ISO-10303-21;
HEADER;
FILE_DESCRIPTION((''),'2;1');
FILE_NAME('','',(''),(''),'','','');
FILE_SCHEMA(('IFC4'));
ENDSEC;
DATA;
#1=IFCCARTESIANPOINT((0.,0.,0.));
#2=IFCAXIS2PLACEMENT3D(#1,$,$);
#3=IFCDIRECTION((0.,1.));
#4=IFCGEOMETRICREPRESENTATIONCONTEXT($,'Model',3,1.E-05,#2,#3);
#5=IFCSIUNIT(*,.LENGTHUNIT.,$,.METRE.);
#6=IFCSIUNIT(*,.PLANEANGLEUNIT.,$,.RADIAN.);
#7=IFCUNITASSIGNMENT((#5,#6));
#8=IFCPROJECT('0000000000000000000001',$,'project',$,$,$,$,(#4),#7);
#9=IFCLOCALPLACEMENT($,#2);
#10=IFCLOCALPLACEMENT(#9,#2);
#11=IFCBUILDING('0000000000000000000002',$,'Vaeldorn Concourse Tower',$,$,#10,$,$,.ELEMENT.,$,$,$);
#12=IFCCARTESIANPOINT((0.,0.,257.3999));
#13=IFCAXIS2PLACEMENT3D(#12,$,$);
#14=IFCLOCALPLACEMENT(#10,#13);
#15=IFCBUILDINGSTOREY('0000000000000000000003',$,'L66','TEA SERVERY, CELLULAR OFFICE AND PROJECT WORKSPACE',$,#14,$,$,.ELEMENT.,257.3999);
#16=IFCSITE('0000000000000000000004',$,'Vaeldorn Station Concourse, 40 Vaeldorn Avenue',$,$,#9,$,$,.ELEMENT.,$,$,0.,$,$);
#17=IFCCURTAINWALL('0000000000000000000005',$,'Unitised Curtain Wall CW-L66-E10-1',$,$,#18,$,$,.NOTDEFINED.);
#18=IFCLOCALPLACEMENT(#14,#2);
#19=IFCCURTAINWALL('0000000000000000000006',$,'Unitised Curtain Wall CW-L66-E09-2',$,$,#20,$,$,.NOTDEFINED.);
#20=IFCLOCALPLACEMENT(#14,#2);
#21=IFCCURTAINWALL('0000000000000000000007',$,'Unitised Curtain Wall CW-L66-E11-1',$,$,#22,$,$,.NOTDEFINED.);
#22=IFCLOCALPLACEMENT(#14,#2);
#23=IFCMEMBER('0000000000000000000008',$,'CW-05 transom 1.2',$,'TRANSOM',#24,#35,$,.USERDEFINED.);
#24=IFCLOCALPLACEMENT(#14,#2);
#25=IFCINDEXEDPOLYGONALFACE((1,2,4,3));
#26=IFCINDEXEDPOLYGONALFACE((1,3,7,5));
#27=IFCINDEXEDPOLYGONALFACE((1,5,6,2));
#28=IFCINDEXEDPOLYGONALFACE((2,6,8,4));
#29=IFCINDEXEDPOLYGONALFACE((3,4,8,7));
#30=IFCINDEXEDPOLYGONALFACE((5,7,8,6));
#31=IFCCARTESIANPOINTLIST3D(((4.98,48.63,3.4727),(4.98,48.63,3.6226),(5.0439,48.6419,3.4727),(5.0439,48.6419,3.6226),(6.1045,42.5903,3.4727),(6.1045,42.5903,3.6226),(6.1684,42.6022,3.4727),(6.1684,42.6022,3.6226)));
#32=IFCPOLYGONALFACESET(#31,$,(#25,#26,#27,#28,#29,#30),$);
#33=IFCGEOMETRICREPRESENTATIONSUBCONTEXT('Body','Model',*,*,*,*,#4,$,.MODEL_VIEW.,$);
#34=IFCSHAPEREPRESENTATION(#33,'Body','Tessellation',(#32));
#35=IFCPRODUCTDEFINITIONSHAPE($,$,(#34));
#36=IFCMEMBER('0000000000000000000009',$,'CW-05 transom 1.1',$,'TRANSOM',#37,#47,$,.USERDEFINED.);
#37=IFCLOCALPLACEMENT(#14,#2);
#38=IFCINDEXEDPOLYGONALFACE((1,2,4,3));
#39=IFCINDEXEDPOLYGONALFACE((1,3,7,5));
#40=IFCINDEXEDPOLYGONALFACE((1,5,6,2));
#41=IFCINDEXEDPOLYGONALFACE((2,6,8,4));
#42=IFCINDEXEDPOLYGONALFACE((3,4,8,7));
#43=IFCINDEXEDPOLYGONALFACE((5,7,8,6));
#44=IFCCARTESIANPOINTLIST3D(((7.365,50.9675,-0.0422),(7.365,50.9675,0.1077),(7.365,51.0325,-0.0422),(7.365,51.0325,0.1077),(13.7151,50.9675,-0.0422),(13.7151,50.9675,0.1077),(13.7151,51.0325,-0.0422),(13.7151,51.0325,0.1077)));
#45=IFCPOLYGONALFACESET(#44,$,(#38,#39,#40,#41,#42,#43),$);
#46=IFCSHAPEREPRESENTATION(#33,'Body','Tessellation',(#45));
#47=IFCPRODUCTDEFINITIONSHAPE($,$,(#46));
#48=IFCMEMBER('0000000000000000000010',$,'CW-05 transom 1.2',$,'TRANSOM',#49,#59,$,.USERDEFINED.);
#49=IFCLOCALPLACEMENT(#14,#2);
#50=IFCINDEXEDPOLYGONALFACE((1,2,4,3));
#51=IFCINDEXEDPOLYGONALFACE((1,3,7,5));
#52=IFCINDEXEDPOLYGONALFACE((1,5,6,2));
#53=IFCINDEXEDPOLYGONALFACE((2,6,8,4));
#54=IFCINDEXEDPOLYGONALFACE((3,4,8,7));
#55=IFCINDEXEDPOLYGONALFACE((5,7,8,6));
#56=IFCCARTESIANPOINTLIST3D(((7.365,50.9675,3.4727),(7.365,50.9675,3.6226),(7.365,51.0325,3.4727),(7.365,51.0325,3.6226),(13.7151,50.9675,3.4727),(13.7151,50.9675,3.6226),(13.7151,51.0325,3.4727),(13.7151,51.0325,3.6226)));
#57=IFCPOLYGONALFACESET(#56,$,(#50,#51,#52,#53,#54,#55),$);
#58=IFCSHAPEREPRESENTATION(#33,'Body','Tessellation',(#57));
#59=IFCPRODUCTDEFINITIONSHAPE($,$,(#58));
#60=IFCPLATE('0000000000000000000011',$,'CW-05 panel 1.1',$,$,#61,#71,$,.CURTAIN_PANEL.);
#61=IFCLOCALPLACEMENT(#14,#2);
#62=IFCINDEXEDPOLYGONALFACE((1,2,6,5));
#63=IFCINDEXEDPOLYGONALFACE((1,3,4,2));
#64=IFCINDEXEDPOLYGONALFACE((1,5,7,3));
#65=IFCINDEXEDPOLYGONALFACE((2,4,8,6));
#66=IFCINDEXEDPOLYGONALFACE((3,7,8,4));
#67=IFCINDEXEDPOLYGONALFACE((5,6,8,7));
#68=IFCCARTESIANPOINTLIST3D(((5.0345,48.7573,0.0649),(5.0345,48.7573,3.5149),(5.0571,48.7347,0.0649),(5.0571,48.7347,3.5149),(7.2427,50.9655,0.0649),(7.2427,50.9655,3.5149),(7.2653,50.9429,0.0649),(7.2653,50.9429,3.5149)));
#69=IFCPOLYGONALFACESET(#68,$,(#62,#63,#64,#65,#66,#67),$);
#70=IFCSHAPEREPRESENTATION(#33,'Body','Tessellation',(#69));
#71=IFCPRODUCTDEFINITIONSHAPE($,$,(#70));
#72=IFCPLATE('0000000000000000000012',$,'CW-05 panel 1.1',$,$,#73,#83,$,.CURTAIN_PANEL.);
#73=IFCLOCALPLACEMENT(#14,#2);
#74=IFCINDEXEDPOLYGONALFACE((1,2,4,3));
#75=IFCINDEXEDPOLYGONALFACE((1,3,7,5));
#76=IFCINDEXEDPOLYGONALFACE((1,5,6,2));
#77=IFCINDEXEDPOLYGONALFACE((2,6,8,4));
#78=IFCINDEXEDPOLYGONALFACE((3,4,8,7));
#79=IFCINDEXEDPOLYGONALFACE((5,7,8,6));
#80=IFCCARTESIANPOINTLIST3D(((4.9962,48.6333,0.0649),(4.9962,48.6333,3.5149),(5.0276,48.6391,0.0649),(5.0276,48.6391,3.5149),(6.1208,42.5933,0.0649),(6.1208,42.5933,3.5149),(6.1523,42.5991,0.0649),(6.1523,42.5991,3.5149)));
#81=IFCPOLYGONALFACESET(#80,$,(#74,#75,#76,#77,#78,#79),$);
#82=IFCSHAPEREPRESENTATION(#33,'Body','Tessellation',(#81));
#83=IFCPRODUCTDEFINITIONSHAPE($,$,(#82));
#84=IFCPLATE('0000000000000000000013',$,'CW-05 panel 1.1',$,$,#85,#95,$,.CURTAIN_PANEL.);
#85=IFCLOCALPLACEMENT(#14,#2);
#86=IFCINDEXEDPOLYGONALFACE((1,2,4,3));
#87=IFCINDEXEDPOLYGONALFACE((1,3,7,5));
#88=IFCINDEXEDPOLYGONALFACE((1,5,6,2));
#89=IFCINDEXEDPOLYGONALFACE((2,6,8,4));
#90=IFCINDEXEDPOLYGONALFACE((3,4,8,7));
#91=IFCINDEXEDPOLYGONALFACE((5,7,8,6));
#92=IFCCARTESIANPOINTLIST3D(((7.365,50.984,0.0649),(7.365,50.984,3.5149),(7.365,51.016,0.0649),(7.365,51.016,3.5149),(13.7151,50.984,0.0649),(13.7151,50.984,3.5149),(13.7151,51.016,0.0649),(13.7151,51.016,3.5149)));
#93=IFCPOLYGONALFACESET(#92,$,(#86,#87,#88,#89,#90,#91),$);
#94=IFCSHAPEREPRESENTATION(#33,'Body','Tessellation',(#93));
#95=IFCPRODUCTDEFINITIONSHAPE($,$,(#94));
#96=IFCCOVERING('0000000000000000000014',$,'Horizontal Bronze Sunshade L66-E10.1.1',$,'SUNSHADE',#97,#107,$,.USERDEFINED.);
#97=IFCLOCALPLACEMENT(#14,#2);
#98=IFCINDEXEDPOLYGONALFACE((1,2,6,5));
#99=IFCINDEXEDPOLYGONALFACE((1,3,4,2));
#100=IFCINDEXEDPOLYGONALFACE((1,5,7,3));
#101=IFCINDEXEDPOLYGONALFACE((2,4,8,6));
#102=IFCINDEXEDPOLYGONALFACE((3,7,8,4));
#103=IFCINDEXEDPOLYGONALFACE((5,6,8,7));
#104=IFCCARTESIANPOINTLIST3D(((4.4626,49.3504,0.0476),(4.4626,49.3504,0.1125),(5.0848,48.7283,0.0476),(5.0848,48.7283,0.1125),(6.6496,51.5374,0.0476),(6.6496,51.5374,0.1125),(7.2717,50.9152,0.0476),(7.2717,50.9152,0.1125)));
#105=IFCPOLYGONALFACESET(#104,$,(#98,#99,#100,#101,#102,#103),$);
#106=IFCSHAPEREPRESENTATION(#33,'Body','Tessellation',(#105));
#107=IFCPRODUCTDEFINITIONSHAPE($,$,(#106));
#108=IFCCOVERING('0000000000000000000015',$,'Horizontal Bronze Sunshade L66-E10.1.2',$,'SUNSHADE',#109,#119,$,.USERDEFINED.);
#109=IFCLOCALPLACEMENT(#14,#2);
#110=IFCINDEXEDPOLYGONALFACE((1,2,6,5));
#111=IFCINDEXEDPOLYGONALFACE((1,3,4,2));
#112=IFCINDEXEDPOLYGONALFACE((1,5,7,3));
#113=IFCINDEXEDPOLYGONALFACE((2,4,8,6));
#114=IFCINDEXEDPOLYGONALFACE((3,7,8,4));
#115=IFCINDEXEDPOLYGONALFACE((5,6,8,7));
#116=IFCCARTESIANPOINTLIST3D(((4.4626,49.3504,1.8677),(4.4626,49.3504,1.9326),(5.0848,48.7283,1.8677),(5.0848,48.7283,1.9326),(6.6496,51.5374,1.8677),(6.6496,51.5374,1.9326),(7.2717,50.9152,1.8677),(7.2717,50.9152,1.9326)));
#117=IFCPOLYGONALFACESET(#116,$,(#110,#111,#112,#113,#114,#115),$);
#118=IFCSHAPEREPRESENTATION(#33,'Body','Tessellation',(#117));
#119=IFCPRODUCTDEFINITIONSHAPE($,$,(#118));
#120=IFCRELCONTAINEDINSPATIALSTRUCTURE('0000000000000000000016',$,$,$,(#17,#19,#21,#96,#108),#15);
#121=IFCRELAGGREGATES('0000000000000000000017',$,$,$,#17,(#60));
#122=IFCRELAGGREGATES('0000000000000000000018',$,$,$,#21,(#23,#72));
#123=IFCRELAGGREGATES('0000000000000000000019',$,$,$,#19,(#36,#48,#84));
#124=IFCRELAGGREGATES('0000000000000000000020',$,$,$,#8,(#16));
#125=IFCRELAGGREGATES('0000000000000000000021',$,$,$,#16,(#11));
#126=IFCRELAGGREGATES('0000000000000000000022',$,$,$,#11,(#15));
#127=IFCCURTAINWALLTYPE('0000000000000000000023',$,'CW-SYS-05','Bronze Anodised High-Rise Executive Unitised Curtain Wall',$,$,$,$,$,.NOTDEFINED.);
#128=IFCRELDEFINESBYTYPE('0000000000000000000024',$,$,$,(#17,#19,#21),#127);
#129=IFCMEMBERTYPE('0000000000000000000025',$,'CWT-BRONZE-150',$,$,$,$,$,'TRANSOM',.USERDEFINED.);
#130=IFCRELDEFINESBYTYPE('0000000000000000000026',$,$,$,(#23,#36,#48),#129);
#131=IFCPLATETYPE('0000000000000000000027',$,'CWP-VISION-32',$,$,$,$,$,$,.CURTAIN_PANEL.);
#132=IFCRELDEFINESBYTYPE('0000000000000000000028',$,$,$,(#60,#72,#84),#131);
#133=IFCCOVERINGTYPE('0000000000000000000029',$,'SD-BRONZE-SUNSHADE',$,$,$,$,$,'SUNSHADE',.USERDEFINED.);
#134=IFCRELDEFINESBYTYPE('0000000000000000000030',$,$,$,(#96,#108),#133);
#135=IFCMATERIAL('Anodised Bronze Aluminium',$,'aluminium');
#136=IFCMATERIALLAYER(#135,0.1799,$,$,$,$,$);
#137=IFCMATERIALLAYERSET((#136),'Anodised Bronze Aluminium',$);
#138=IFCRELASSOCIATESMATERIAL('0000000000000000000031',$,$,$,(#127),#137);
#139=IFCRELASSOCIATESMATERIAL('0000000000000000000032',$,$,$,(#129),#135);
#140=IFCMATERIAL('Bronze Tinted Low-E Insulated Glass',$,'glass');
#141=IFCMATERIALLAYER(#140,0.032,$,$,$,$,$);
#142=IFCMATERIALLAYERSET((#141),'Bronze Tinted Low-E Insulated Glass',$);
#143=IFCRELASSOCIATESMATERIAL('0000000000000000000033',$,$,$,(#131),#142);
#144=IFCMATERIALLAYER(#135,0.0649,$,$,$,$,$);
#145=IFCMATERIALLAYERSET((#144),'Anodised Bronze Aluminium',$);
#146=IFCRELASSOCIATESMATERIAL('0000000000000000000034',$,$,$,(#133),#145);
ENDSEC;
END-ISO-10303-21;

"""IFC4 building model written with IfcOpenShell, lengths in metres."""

from ifc_helpers import new_model, si_unit, direction, frame, origin, origin_2d, place, context, subcontext, project, spatial, rectangle, extrude, source, transform, mapped, material, layer, layer_set, material_profile, profile_set, type_object, element, aggregate, save


model = new_model("IFC4")

# Units and contexts
model_context = context("Model", 3, precision=1e-05, world=origin(), true_north=direction((0.0, 1.0)))
body_context = subcontext(model_context, "Body", "Model", "MODEL_VIEW")
ifc_project = project(units=[si_unit("LENGTHUNIT", "METRE"), si_unit("PLANEANGLEUNIT", "RADIAN")], contexts=[model_context])

# Site, building, storey
site_placement = place(None, origin())
site = spatial("IfcSite", under=ifc_project, at=site_placement, Name="Vaeldorn Station Concourse, 40 Vaeldorn Avenue", CompositionType="ELEMENT", RefElevation=0.0)
building_placement = place(site_placement, origin())
building = spatial("IfcBuilding", under=site, at=building_placement, Name="Vaeldorn Concourse Tower", CompositionType="ELEMENT")
storey_placement = place(building_placement, frame((0.0, 0.0, 257.3999)))
storey = spatial("IfcBuildingStorey", under=building, at=storey_placement, Name="L66", Description="TEA SERVERY, CELLULAR OFFICE AND PROJECT WORKSPACE", CompositionType="ELEMENT", Elevation=257.3999)

# Curtain walls
ifc_material_1 = material(Name="Anodised Bronze Aluminium", Category="aluminium")
ifc_layer_1 = layer(ifc_material_1, 0.1799)
ifc_layer_set_1 = layer_set([ifc_layer_1], Name="Anodised Bronze Aluminium")
curtain_wall_type = type_object("IfcCurtainWallType", Name="CW-SYS-05", Description="Bronze Anodised High-Rise Executive Unitised Curtain Wall", PredefinedType="NOTDEFINED", material=ifc_layer_set_1)
curtain_wall_1_placement = place(storey_placement, origin())
curtain_wall_1 = element("IfcCurtainWall", 1, at=curtain_wall_1_placement, inside=storey, type_object=curtain_wall_type, Name="Unitised Curtain Wall CW-L66-E10-1", PredefinedType="NOTDEFINED")
ifc_material_profile_1 = material_profile(ifc_material_1, rectangle(XDim=0.0649, YDim=0.1499, at=origin_2d()), Name="CWT 65x150")
ifc_profile_set_1 = profile_set([ifc_material_profile_1], Name="Anodised Bronze Aluminium")
member_type_1 = type_object("IfcMemberType", Name="CWT-BRONZE-150", ElementType="TRANSOM", PredefinedType="USERDEFINED", material=ifc_profile_set_1)
curtain_wall_2_placement = place(storey_placement, origin())
curtain_wall_2 = element("IfcCurtainWall", 2, at=curtain_wall_2_placement, inside=storey, type_object=curtain_wall_type, Name="Unitised Curtain Wall CW-L66-E09-2", PredefinedType="NOTDEFINED")

# Curtain wall, member
curtain_wall_3_placement = place(storey_placement, origin())
curtain_wall_3 = element("IfcCurtainWall", 3, at=curtain_wall_3_placement, inside=storey, type_object=curtain_wall_type, Name="Unitised Curtain Wall CW-L66-E11-1", PredefinedType="NOTDEFINED")
shared_shape_1 = source(origin(), body_context, "Body", "SweptSolid", [
    extrude(rectangle(XDim=0.0649, YDim=0.1499, at=origin_2d()), origin(), (0.0, 0.0, 1.0), 6.1436),
])
member_1_placement = place(storey_placement, frame((5.012, 48.636, 3.5476), z_axis=(0.183038, -0.983106, 0.0), x_axis=(0.983106, 0.183038, 0.0)))
member_1 = element("IfcMember", 4, at=member_1_placement, type_object=member_type_1, Name="CW-05 transom 1.2", ObjectType="TRANSOM", PredefinedType="USERDEFINED", context=body_context, shape_type="MappedRepresentation", body=[
    mapped(shared_shape_1, transform((0.0, 0.0, 0.0), scale=1.0)),
])

# Members
shared_shape_2 = source(origin(), body_context, "Body", "SweptSolid", [
    extrude(rectangle(XDim=0.0649, YDim=0.1499, at=origin_2d()), origin(), (0.0, 0.0, 1.0), 6.3501),
])
member_2_placement = place(storey_placement, frame((13.7151, 51.0, 0.0327), z_axis=(-1.0, 0.0, 0.0), x_axis=(0.0, -1.0, 0.0)))
member_2 = element("IfcMember", 5, at=member_2_placement, type_object=member_type_1, Name="CW-05 transom 1.1", ObjectType="TRANSOM", PredefinedType="USERDEFINED", context=body_context, shape_type="MappedRepresentation", body=[
    mapped(shared_shape_2, transform((0.0, 0.0, 0.0), scale=1.0)),
])
member_3_placement = place(storey_placement, frame((13.7151, 51.0, 3.5476), z_axis=(-1.0, 0.0, 0.0), x_axis=(0.0, -1.0, 0.0)))
member_3 = element("IfcMember", 6, at=member_3_placement, type_object=member_type_1, Name="CW-05 transom 1.2", ObjectType="TRANSOM", PredefinedType="USERDEFINED", context=body_context, shape_type="MappedRepresentation", body=[
    mapped(shared_shape_2, transform((0.0, 0.0, 0.0), scale=1.0)),
])

# Plates
ifc_material_2 = material(Name="Bronze Tinted Low-E Insulated Glass", Category="glass")
ifc_layer_2 = layer(ifc_material_2, 0.032)
ifc_layer_set_2 = layer_set([ifc_layer_2], Name="Bronze Tinted Low-E Insulated Glass")
plate_type = type_object("IfcPlateType", Name="CWP-VISION-32", PredefinedType="CURTAIN_PANEL", material=ifc_layer_set_2)
shared_shape_3 = source(origin(), body_context, "Body", "SweptSolid", [
    extrude(rectangle(XDim=3.1228, YDim=0.032, at=origin_2d()), origin(), (0.0, 0.0, 1.0), 3.45),
])
plate_1_placement = place(storey_placement, frame((6.1499, 49.8501, 0.0649), z_axis=(0.0, 0.0, 1.0), x_axis=(-0.707107, -0.707107, 0.0)))
plate_1 = element("IfcPlate", 7, at=plate_1_placement, type_object=plate_type, Name="CW-05 panel 1.1", PredefinedType="CURTAIN_PANEL", context=body_context, shape_type="MappedRepresentation", body=[
    mapped(shared_shape_3, transform((0.0, 0.0, 0.0), scale=1.0)),
])
aggregate(curtain_wall_1, [plate_1])
shared_shape_4 = source(origin(), body_context, "Body", "SweptSolid", [
    extrude(rectangle(XDim=6.1438, YDim=0.032, at=origin_2d()), origin(), (0.0, 0.0, 1.0), 3.45),
])
plate_2_placement = place(storey_placement, frame((5.5742, 45.6162, 0.0649), z_axis=(0.0, 0.0, 1.0), x_axis=(0.183054, -0.983103, 0.0)))
plate_2 = element("IfcPlate", 8, at=plate_2_placement, type_object=plate_type, Name="CW-05 panel 1.1", PredefinedType="CURTAIN_PANEL", context=body_context, shape_type="MappedRepresentation", body=[
    mapped(shared_shape_4, transform((0.0, 0.0, 0.0), scale=1.0)),
])
aggregate(curtain_wall_3, [member_1, plate_2])
shared_shape_5 = source(origin(), body_context, "Body", "SweptSolid", [
    extrude(rectangle(XDim=6.3501, YDim=0.032, at=origin_2d()), origin(), (0.0, 0.0, 1.0), 3.45),
])
plate_3_placement = place(storey_placement, frame((10.54, 51.0, 0.0649), z_axis=(0.0, 0.0, 1.0), x_axis=(-1.0, 0.0, 0.0)))
plate_3 = element("IfcPlate", 9, at=plate_3_placement, type_object=plate_type, Name="CW-05 panel 1.1", PredefinedType="CURTAIN_PANEL", context=body_context, shape_type="MappedRepresentation", body=[
    mapped(shared_shape_5, transform((0.0, 0.0, 0.0), scale=1.0)),
])
aggregate(curtain_wall_2, [member_2, member_3, plate_3])

# Coverings
ifc_layer_3 = layer(ifc_material_1, 0.0649)
ifc_layer_set_3 = layer_set([ifc_layer_3], Name="Anodised Bronze Aluminium")
covering_type = type_object("IfcCoveringType", Name="SD-BRONZE-SUNSHADE", ElementType="SUNSHADE", PredefinedType="USERDEFINED", material=ifc_layer_set_3)
shared_shape_6 = source(origin(), body_context, "Body", "SweptSolid", [
    extrude(rectangle(XDim=3.0928, YDim=0.8799, at=origin_2d()), origin(), (0.0, 0.0, 1.0), 0.0649),
])
for number, where, z_axis, x_axis, name in (
    (10, (5.8672, 50.1328, 0.0476), (0.0, 0.0, 1.0), (-0.707107, -0.707107, 0.0), "Horizontal Bronze Sunshade L66-E10.1.1"),
    (11, (5.8672, 50.1328, 1.8677), (0.0, 0.0, 1.0), (-0.707107, -0.707107, 0.0), "Horizontal Bronze Sunshade L66-E10.1.2"),
):
    element("IfcCovering", number, at=place(storey_placement, frame(where, z_axis=z_axis, x_axis=x_axis)), inside=storey, type_object=covering_type, Name=name, ObjectType="SUNSHADE", PredefinedType="USERDEFINED", context=body_context, shape_type="MappedRepresentation", body=[
        mapped(shared_shape_6, transform((0.0, 0.0, 0.0), scale=1.0)),
    ])

save(model, "model.ifc")
